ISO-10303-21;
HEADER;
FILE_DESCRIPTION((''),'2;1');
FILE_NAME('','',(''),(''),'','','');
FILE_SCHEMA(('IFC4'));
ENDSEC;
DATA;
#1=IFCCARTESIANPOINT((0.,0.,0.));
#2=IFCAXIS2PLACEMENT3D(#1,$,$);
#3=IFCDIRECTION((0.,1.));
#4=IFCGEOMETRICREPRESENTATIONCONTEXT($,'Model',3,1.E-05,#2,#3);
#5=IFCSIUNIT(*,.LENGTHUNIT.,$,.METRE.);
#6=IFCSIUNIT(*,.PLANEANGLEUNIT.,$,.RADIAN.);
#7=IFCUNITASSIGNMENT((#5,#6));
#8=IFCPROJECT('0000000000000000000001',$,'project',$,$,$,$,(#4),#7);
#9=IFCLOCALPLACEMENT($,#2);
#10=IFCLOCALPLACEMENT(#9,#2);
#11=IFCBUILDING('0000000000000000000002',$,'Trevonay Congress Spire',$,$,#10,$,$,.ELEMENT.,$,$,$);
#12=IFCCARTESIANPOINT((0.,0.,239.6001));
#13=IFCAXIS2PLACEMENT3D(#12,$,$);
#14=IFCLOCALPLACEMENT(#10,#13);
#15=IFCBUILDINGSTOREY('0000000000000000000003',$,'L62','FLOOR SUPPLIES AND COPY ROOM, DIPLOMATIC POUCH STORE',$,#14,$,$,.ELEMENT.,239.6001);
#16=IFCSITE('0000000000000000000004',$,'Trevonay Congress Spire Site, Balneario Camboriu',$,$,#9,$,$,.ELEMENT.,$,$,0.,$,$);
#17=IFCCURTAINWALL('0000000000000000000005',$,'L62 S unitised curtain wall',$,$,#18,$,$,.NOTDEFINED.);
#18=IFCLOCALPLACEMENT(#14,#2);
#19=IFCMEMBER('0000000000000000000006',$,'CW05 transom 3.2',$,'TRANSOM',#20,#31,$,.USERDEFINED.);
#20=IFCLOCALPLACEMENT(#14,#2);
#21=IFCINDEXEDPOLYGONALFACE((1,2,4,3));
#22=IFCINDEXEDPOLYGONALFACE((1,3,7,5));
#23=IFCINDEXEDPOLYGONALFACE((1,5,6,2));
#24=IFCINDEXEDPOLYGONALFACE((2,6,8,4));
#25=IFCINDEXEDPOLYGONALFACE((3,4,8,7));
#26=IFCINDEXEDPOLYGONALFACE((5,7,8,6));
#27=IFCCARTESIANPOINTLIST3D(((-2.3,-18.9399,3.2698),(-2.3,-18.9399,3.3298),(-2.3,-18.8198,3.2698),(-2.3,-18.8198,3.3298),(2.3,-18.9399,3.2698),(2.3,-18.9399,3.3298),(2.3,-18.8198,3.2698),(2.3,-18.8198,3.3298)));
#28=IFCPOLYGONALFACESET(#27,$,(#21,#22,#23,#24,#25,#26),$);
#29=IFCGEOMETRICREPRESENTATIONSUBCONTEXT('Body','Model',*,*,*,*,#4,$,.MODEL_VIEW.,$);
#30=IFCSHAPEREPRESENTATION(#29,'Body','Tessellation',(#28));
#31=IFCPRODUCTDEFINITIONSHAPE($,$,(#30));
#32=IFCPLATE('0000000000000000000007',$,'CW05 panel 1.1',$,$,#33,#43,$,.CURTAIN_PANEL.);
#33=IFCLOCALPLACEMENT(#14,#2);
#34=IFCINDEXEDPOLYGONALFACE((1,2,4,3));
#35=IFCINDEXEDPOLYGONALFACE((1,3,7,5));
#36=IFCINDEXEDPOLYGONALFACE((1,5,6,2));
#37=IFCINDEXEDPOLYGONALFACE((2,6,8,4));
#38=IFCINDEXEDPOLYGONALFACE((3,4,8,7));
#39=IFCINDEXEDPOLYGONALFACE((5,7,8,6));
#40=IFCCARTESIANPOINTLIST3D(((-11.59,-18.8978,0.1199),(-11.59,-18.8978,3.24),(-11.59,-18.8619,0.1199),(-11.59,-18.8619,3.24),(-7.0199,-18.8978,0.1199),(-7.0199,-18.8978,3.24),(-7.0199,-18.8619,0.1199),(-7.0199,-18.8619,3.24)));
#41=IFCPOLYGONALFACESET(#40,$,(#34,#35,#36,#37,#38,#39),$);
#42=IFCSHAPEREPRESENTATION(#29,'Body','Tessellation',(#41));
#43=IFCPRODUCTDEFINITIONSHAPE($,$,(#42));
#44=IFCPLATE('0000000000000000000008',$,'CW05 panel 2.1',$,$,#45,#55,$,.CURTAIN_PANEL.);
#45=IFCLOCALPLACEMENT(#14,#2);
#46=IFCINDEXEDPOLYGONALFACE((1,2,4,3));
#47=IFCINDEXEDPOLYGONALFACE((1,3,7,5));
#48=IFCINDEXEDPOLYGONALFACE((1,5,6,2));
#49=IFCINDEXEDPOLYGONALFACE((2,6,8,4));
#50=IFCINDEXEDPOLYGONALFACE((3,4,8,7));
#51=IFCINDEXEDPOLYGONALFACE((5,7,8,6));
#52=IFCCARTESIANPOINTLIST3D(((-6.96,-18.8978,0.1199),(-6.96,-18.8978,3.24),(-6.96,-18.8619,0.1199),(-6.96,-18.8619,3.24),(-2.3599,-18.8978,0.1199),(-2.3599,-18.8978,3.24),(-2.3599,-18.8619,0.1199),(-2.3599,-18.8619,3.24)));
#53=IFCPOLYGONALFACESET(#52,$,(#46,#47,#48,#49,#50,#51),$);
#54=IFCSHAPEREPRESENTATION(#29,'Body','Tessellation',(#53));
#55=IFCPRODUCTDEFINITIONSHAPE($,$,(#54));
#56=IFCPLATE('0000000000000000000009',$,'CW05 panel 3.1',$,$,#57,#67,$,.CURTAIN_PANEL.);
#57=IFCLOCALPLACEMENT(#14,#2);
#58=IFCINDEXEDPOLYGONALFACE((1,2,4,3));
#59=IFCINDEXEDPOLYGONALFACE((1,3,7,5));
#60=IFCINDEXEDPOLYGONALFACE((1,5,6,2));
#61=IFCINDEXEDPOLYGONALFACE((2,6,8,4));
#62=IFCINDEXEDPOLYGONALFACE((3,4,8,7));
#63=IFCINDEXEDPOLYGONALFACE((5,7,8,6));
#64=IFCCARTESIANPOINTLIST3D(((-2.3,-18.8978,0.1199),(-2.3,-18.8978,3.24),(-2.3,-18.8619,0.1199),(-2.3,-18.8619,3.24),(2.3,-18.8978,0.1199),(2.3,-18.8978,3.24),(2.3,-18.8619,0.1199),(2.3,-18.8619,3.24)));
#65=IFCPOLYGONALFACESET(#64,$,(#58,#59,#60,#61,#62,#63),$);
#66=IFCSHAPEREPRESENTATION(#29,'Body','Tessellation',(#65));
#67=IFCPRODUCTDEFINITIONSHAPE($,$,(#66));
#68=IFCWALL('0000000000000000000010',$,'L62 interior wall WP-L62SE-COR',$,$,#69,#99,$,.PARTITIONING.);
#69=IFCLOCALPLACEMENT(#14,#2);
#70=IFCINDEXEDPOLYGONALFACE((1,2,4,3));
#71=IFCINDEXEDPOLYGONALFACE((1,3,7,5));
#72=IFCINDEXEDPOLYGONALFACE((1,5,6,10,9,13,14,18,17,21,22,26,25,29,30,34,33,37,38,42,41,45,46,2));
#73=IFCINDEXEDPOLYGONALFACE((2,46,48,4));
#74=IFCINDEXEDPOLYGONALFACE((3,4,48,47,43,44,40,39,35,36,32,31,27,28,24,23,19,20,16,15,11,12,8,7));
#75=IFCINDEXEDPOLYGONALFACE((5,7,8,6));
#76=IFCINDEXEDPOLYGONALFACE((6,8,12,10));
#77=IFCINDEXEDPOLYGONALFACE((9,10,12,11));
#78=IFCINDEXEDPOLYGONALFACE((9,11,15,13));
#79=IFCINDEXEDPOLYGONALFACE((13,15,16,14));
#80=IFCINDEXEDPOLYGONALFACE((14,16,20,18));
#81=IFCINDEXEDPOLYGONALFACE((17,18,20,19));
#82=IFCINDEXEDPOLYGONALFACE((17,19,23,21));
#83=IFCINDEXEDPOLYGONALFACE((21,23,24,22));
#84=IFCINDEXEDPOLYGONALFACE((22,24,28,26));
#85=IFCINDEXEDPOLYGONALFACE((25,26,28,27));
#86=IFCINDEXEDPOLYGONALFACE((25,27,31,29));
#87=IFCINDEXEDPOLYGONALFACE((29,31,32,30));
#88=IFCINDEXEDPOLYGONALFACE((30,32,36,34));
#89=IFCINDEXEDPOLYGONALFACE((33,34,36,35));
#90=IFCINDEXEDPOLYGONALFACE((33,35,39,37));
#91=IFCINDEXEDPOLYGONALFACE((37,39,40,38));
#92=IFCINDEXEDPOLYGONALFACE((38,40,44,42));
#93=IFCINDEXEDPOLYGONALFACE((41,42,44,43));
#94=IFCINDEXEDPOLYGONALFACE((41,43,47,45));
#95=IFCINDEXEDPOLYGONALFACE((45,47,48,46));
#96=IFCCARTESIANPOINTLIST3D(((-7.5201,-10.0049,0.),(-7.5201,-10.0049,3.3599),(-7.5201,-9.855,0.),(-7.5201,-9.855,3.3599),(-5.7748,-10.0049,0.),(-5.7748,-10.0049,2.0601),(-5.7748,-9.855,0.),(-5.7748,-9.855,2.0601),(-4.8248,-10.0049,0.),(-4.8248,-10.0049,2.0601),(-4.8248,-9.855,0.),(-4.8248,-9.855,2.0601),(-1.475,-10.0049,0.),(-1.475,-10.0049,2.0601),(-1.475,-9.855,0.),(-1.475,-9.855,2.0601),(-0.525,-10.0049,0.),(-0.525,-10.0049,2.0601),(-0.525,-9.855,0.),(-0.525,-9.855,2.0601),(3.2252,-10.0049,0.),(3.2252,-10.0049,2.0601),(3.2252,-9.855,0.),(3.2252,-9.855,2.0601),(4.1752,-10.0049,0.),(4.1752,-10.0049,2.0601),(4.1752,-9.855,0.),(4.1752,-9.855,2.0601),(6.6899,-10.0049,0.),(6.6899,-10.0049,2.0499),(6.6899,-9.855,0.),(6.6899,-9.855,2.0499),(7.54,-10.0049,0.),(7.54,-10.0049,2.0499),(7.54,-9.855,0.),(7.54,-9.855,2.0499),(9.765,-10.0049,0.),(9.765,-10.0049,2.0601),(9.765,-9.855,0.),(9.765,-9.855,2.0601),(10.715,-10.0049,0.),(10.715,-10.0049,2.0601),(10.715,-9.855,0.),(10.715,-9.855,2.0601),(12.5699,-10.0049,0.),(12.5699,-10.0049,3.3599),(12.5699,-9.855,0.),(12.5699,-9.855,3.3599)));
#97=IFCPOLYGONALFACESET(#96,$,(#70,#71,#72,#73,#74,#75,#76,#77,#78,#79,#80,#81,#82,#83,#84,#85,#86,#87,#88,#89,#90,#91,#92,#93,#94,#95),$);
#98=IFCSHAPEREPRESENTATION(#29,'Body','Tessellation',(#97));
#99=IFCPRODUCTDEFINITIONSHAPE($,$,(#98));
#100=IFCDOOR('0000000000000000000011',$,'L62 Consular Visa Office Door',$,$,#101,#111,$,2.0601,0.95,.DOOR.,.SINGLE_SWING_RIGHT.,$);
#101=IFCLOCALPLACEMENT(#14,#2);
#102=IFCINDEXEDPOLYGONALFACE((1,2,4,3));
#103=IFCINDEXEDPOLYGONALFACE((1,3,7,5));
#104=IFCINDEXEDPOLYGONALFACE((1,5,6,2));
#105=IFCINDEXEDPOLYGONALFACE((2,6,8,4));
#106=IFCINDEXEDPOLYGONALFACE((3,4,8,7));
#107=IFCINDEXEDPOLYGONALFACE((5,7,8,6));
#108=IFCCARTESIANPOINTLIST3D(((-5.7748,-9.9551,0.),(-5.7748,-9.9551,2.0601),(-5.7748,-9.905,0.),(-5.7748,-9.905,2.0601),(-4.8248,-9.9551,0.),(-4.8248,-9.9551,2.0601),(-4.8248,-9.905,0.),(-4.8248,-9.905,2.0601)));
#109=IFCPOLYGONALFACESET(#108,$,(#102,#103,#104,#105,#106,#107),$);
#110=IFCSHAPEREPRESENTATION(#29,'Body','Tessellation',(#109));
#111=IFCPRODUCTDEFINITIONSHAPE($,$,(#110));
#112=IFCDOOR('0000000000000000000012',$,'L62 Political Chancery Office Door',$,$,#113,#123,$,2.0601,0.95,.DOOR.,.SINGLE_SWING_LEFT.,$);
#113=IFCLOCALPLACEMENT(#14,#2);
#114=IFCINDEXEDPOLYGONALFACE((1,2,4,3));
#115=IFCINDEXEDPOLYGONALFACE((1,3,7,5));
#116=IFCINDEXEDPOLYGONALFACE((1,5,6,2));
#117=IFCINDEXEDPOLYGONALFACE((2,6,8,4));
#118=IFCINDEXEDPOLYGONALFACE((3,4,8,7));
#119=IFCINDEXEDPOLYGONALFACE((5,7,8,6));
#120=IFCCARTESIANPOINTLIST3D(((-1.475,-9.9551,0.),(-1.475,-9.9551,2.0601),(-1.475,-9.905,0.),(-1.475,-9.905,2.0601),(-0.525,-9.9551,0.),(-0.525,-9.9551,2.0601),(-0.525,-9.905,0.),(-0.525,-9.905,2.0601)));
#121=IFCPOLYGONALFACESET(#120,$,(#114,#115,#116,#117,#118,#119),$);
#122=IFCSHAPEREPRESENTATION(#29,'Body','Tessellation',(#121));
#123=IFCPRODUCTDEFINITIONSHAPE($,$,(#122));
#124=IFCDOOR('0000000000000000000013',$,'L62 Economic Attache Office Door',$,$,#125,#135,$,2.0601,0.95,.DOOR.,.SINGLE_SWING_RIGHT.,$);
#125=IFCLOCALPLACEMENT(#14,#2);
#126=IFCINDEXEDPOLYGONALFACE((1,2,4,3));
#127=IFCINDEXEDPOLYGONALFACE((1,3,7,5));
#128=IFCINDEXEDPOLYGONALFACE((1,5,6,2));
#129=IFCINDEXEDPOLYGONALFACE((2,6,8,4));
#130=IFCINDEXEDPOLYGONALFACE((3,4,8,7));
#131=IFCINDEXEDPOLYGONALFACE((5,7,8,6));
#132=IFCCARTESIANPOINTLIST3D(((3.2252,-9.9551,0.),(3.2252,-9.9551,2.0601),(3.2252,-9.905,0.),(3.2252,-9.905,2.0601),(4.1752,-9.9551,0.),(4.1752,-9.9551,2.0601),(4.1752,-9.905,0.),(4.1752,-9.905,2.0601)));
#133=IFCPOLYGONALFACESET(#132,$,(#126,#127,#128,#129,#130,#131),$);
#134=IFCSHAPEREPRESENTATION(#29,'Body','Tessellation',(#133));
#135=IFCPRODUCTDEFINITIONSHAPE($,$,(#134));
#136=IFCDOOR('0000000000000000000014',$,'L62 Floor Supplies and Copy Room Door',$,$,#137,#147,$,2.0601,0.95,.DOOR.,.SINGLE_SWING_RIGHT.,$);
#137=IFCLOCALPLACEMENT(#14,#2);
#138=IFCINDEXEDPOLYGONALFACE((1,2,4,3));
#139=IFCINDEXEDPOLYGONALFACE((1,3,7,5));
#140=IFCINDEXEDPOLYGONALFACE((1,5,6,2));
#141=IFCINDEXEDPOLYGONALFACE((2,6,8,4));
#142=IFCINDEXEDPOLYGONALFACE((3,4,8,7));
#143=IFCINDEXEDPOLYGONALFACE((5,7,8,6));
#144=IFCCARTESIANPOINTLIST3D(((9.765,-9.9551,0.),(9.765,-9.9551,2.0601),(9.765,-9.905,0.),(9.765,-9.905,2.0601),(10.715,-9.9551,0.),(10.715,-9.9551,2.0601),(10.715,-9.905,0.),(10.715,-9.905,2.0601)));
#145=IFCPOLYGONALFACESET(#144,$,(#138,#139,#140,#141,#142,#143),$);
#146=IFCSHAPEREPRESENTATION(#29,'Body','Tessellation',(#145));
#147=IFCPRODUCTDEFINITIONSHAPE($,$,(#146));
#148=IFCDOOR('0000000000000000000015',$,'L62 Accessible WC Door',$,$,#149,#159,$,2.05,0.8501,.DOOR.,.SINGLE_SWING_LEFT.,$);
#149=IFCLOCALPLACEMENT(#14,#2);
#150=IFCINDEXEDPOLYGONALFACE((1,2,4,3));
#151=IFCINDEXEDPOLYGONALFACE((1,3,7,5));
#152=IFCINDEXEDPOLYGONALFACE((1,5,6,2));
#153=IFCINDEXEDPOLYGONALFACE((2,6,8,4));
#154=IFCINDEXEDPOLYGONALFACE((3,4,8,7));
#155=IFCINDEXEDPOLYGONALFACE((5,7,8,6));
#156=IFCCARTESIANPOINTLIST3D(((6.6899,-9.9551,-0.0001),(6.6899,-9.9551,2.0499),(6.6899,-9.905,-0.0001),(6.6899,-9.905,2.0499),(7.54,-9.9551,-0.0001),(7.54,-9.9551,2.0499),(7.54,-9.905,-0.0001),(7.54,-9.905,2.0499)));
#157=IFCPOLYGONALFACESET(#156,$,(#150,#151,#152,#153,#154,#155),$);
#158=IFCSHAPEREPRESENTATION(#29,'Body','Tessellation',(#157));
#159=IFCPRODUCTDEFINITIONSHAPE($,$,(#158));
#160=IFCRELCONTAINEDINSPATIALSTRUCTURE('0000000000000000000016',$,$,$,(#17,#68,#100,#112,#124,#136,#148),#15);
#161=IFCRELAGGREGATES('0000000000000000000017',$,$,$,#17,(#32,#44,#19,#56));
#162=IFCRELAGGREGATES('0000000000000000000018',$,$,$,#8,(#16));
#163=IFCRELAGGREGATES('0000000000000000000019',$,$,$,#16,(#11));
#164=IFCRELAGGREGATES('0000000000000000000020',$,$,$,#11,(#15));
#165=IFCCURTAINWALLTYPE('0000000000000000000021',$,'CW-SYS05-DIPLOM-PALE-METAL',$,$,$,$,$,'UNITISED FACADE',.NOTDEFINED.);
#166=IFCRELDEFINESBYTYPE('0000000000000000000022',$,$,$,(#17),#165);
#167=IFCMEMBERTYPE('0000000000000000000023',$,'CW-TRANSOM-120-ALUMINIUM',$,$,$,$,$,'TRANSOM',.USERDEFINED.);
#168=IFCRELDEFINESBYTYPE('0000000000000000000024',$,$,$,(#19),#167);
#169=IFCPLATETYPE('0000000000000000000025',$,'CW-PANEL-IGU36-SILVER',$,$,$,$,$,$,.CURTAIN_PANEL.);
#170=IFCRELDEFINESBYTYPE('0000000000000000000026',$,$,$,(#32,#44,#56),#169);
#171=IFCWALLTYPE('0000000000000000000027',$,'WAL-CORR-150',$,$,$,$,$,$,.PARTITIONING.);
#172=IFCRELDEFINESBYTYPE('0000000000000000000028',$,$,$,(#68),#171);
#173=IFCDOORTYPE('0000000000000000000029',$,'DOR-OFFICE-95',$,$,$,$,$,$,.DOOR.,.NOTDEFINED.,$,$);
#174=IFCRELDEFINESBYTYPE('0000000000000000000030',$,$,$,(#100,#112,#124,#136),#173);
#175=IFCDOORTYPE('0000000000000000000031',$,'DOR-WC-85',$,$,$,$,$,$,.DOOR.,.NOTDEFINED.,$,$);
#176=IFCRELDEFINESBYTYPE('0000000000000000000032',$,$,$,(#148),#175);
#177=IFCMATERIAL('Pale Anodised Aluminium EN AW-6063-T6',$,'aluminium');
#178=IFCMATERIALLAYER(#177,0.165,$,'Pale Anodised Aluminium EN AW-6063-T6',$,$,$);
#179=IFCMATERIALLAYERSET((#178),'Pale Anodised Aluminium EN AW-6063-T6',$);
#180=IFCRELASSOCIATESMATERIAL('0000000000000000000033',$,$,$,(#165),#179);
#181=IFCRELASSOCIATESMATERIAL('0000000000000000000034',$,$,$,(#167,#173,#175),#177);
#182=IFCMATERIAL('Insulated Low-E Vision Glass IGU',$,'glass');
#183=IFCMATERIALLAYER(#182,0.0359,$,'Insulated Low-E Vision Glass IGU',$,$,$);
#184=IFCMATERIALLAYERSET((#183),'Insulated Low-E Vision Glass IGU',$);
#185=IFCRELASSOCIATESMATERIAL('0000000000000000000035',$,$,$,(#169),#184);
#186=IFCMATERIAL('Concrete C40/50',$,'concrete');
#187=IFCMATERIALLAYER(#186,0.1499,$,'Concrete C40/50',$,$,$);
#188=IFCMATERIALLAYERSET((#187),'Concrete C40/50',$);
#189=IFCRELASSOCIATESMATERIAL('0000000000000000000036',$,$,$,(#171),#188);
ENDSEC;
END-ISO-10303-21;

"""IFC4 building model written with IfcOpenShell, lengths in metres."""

from ifc_helpers import new_model, si_unit, direction, frame, frame_2d, origin, origin_2d, place, context, subcontext, project, spatial, rectangle, extrude, material, layer, layer_set, material_profile, profile_set, type_object, element, fill, aggregate, save


model = new_model("IFC4")

# Units and contexts
model_context = context("Model", 3, precision=1e-05, world=origin(), true_north=direction((0.0, 1.0)))
body_context = subcontext(model_context, "Body", "Model", "MODEL_VIEW")
ifc_project = project(units=[si_unit("LENGTHUNIT", "METRE"), si_unit("PLANEANGLEUNIT", "RADIAN")], contexts=[model_context])

# Site, building, storey
site_placement = place(None, origin())
site = spatial("IfcSite", under=ifc_project, at=site_placement, Name="Trevonay Congress Spire Site, Balneario Camboriu", CompositionType="ELEMENT", RefElevation=0.0)
building_placement = place(site_placement, origin())
building = spatial("IfcBuilding", under=site, at=building_placement, Name="Trevonay Congress Spire", CompositionType="ELEMENT")
storey_placement = place(building_placement, frame((0.0, 0.0, 239.6001)))
storey = spatial("IfcBuildingStorey", under=building, at=storey_placement, Name="L62", Description="FLOOR SUPPLIES AND COPY ROOM, DIPLOMATIC POUCH STORE", CompositionType="ELEMENT", Elevation=239.6001)

# Curtain wall, member, plates
ifc_material_1 = material(Name="Pale Anodised Aluminium EN AW-6063-T6", Category="aluminium")
ifc_layer_1 = layer(ifc_material_1, 0.165, Name="Pale Anodised Aluminium EN AW-6063-T6")
ifc_layer_set_1 = layer_set([ifc_layer_1], Name="Pale Anodised Aluminium EN AW-6063-T6")
curtain_wall_type = type_object("IfcCurtainWallType", Name="CW-SYS05-DIPLOM-PALE-METAL", ElementType="UNITISED FACADE", PredefinedType="NOTDEFINED", material=ifc_layer_set_1)
curtain_wall_placement = place(storey_placement, origin())
curtain_wall = element("IfcCurtainWall", 1, at=curtain_wall_placement, inside=storey, type_object=curtain_wall_type, Name="L62 S unitised curtain wall", PredefinedType="NOTDEFINED")
ifc_material_profile_1 = material_profile(ifc_material_1, rectangle(XDim=0.1201, YDim=0.0601, at=origin_2d()), Name="CW-TRANSOM-120-ALUMINIUM")
ifc_profile_set_1 = profile_set([ifc_material_profile_1], Name="Pale Anodised Aluminium EN AW-6063-T6")
member_type_1 = type_object("IfcMemberType", Name="CW-TRANSOM-120-ALUMINIUM", ElementType="TRANSOM", PredefinedType="USERDEFINED", material=ifc_profile_set_1)
member_1_placement = place(storey_placement, frame((-2.3, -18.8799, 3.2998), z_axis=(1.0, 0.0, 0.0), x_axis=(0.0, 1.0, 0.0)))
member_1 = element("IfcMember", 2, at=member_1_placement, type_object=member_type_1, Name="CW05 transom 3.2", ObjectType="TRANSOM", PredefinedType="USERDEFINED", context=body_context, shape_type="SweptSolid", body=[
    extrude(rectangle(XDim=0.1201, YDim=0.0601, at=origin_2d()), origin(), (0.0, 0.0, 1.0), 4.6001),
])
ifc_material_2 = material(Name="Insulated Low-E Vision Glass IGU", Category="glass")
ifc_layer_2 = layer(ifc_material_2, 0.0359, Name="Insulated Low-E Vision Glass IGU")
ifc_layer_set_2 = layer_set([ifc_layer_2], Name="Insulated Low-E Vision Glass IGU")
plate_type = type_object("IfcPlateType", Name="CW-PANEL-IGU36-SILVER", PredefinedType="CURTAIN_PANEL", material=ifc_layer_set_2)
plate_1_placement = place(storey_placement, frame((-9.3049, -18.8799, 0.1199), z_axis=(0.0, 0.0, 1.0), x_axis=(1.0, 0.0, 0.0)))
plate_1 = element("IfcPlate", 3, at=plate_1_placement, type_object=plate_type, Name="CW05 panel 1.1", PredefinedType="CURTAIN_PANEL", context=body_context, shape_type="SweptSolid", body=[
    extrude(rectangle(XDim=4.5701, YDim=0.0359, at=origin_2d()), origin(), (0.0, 0.0, 1.0), 3.1201),
])
plate_2_placement = place(storey_placement, frame((-4.6599, -18.8799, 0.1199), z_axis=(0.0, 0.0, 1.0), x_axis=(1.0, 0.0, 0.0)))
plate_2 = element("IfcPlate", 4, at=plate_2_placement, type_object=plate_type, Name="CW05 panel 2.1", PredefinedType="CURTAIN_PANEL", context=body_context, shape_type="SweptSolid", body=[
    extrude(rectangle(XDim=4.6001, YDim=0.0359, at=origin_2d()), origin(), (0.0, 0.0, 1.0), 3.1201),
])
plate_3_placement = place(storey_placement, frame((0.0, -18.8799, 0.1199), z_axis=(0.0, 0.0, 1.0), x_axis=(1.0, 0.0, 0.0)))
plate_3 = element("IfcPlate", 5, at=plate_3_placement, type_object=plate_type, Name="CW05 panel 3.1", PredefinedType="CURTAIN_PANEL", context=body_context, shape_type="SweptSolid", body=[
    extrude(rectangle(XDim=4.6001, YDim=0.0359, at=origin_2d()), origin(), (0.0, 0.0, 1.0), 3.1201),
])
aggregate(curtain_wall, [plate_1, plate_2, member_1, plate_3])

# Wall, openings, doors
ifc_material_3 = material(Name="Concrete C40/50", Category="concrete")
ifc_layer_3 = layer(ifc_material_3, 0.1499, Name="Concrete C40/50")
ifc_layer_set_3 = layer_set([ifc_layer_3], Name="Concrete C40/50")
wall_type_1 = type_object("IfcWallType", Name="WAL-CORR-150", PredefinedType="PARTITIONING", material=ifc_layer_set_3)
wall_1_placement = place(storey_placement, frame((-7.52, -9.9299, 0.0), z_axis=(0.0, 0.0, 1.0), x_axis=(1.0, 0.0, 0.0)))
wall_1 = element("IfcWall", 6, at=wall_1_placement, inside=storey, type_object=wall_type_1, Name="L62 interior wall WP-L62SE-COR", PredefinedType="PARTITIONING", context=body_context, shape_type="SweptSolid", body=[
    extrude(rectangle(XDim=20.0901, YDim=0.1499, at=frame_2d((10.0449, 0.0))), origin(), (0.0, 0.0, 1.0), 3.3599),
])
opening_1_placement = place(wall_1_placement, frame((1.7451, 0.0, 0.0)))
opening_1 = element("IfcOpeningElement", 7, at=opening_1_placement, cuts=wall_1, PredefinedType="OPENING", context=body_context, shape_type="SweptSolid", body=[
    extrude(rectangle(XDim=0.95, YDim=2.0601, at=frame_2d((0.4751, 1.03))), frame((0.0, 0.085, 0.0), z_axis=(0.0, -1.0, 0.0), x_axis=(1.0, 0.0, 0.0)), (0.0, 0.0, 1.0), 0.1699),
])
opening_2_placement = place(wall_1_placement, frame((6.0449, 0.0, 0.0)))
opening_2 = element("IfcOpeningElement", 8, at=opening_2_placement, cuts=wall_1, PredefinedType="OPENING", context=body_context, shape_type="SweptSolid", body=[
    extrude(rectangle(XDim=0.95, YDim=2.0601, at=frame_2d((0.4751, 1.03))), frame((0.0, 0.085, 0.0), z_axis=(0.0, -1.0, 0.0), x_axis=(1.0, 0.0, 0.0)), (0.0, 0.0, 1.0), 0.1699),
])
opening_3_placement = place(wall_1_placement, frame((10.7451, 0.0, 0.0)))
opening_3 = element("IfcOpeningElement", 9, at=opening_3_placement, cuts=wall_1, PredefinedType="OPENING", context=body_context, shape_type="SweptSolid", body=[
    extrude(rectangle(XDim=0.95, YDim=2.0601, at=frame_2d((0.4751, 1.03))), frame((0.0, 0.085, 0.0), z_axis=(0.0, -1.0, 0.0), x_axis=(1.0, 0.0, 0.0)), (0.0, 0.0, 1.0), 0.1699),
])
opening_4_placement = place(wall_1_placement, frame((14.21, 0.0, 0.0)))
opening_4 = element("IfcOpeningElement", 10, at=opening_4_placement, cuts=wall_1, PredefinedType="OPENING", context=body_context, shape_type="SweptSolid", body=[
    extrude(rectangle(XDim=0.8501, YDim=2.05, at=frame_2d((0.425, 1.0249))), frame((0.0, 0.085, 0.0), z_axis=(0.0, -1.0, 0.0), x_axis=(1.0, 0.0, 0.0)), (0.0, 0.0, 1.0), 0.1699),
])
opening_5_placement = place(wall_1_placement, frame((17.2849, 0.0, 0.0)))
opening_5 = element("IfcOpeningElement", 11, at=opening_5_placement, cuts=wall_1, PredefinedType="OPENING", context=body_context, shape_type="SweptSolid", body=[
    extrude(rectangle(XDim=0.95, YDim=2.0601, at=frame_2d((0.4751, 1.03))), frame((0.0, 0.085, 0.0), z_axis=(0.0, -1.0, 0.0), x_axis=(1.0, 0.0, 0.0)), (0.0, 0.0, 1.0), 0.1699),
])
door_type_1 = type_object("IfcDoorType", Name="DOR-OFFICE-95", OperationType="NOTDEFINED", PredefinedType="DOOR", material=ifc_material_1)
door_1_placement = place(opening_1_placement, origin())
door_1 = element("IfcDoor", 12, at=door_1_placement, inside=storey, type_object=door_type_1, Name="L62 Consular Visa Office Door", OperationType="SINGLE_SWING_RIGHT", OverallHeight=2.0601, OverallWidth=0.95, PredefinedType="DOOR", context=body_context, shape_type="SweptSolid", body=[
    extrude(rectangle(XDim=0.95, YDim=2.0601, at=frame_2d((0.4751, 1.03))), frame((0.0, 0.0249, 0.0), z_axis=(0.0, -1.0, 0.0), x_axis=(1.0, 0.0, 0.0)), (0.0, 0.0, 1.0), 0.05),
])
fill(opening_1, door_1)
door_2_placement = place(opening_2_placement, origin())
door_2 = element("IfcDoor", 13, at=door_2_placement, inside=storey, type_object=door_type_1, Name="L62 Political Chancery Office Door", OperationType="SINGLE_SWING_LEFT", OverallHeight=2.0601, OverallWidth=0.95, PredefinedType="DOOR", context=body_context, shape_type="SweptSolid", body=[
    extrude(rectangle(XDim=0.95, YDim=2.0601, at=frame_2d((0.4751, 1.03))), frame((0.0, 0.0249, 0.0), z_axis=(0.0, -1.0, 0.0), x_axis=(1.0, 0.0, 0.0)), (0.0, 0.0, 1.0), 0.05),
])
fill(opening_2, door_2)
door_3_placement = place(opening_3_placement, origin())
door_3 = element("IfcDoor", 14, at=door_3_placement, inside=storey, type_object=door_type_1, Name="L62 Economic Attache Office Door", OperationType="SINGLE_SWING_RIGHT", OverallHeight=2.0601, OverallWidth=0.95, PredefinedType="DOOR", context=body_context, shape_type="SweptSolid", body=[
    extrude(rectangle(XDim=0.95, YDim=2.0601, at=frame_2d((0.4751, 1.03))), frame((0.0, 0.0249, 0.0), z_axis=(0.0, -1.0, 0.0), x_axis=(1.0, 0.0, 0.0)), (0.0, 0.0, 1.0), 0.05),
])
fill(opening_3, door_3)
door_4_placement = place(opening_5_placement, origin())
door_4 = element("IfcDoor", 15, at=door_4_placement, inside=storey, type_object=door_type_1, Name="L62 Floor Supplies and Copy Room Door", OperationType="SINGLE_SWING_RIGHT", OverallHeight=2.0601, OverallWidth=0.95, PredefinedType="DOOR", context=body_context, shape_type="SweptSolid", body=[
    extrude(rectangle(XDim=0.95, YDim=2.0601, at=frame_2d((0.4751, 1.03))), frame((0.0, 0.0249, 0.0), z_axis=(0.0, -1.0, 0.0), x_axis=(1.0, 0.0, 0.0)), (0.0, 0.0, 1.0), 0.05),
])
fill(opening_5, door_4)
door_type_2 = type_object("IfcDoorType", Name="DOR-WC-85", OperationType="NOTDEFINED", PredefinedType="DOOR", material=ifc_material_1)
door_5_placement = place(opening_4_placement, origin())
door_5 = element("IfcDoor", 16, at=door_5_placement, inside=storey, type_object=door_type_2, Name="L62 Accessible WC Door", OperationType="SINGLE_SWING_LEFT", OverallHeight=2.05, OverallWidth=0.8501, PredefinedType="DOOR", context=body_context, shape_type="SweptSolid", body=[
    extrude(rectangle(XDim=0.8501, YDim=2.05, at=frame_2d((0.425, 1.0249))), frame((0.0, 0.0249, 0.0), z_axis=(0.0, -1.0, 0.0), x_axis=(1.0, 0.0, 0.0)), (0.0, 0.0, 1.0), 0.05),
])
fill(opening_4, door_5)

save(model, "model.ifc")
